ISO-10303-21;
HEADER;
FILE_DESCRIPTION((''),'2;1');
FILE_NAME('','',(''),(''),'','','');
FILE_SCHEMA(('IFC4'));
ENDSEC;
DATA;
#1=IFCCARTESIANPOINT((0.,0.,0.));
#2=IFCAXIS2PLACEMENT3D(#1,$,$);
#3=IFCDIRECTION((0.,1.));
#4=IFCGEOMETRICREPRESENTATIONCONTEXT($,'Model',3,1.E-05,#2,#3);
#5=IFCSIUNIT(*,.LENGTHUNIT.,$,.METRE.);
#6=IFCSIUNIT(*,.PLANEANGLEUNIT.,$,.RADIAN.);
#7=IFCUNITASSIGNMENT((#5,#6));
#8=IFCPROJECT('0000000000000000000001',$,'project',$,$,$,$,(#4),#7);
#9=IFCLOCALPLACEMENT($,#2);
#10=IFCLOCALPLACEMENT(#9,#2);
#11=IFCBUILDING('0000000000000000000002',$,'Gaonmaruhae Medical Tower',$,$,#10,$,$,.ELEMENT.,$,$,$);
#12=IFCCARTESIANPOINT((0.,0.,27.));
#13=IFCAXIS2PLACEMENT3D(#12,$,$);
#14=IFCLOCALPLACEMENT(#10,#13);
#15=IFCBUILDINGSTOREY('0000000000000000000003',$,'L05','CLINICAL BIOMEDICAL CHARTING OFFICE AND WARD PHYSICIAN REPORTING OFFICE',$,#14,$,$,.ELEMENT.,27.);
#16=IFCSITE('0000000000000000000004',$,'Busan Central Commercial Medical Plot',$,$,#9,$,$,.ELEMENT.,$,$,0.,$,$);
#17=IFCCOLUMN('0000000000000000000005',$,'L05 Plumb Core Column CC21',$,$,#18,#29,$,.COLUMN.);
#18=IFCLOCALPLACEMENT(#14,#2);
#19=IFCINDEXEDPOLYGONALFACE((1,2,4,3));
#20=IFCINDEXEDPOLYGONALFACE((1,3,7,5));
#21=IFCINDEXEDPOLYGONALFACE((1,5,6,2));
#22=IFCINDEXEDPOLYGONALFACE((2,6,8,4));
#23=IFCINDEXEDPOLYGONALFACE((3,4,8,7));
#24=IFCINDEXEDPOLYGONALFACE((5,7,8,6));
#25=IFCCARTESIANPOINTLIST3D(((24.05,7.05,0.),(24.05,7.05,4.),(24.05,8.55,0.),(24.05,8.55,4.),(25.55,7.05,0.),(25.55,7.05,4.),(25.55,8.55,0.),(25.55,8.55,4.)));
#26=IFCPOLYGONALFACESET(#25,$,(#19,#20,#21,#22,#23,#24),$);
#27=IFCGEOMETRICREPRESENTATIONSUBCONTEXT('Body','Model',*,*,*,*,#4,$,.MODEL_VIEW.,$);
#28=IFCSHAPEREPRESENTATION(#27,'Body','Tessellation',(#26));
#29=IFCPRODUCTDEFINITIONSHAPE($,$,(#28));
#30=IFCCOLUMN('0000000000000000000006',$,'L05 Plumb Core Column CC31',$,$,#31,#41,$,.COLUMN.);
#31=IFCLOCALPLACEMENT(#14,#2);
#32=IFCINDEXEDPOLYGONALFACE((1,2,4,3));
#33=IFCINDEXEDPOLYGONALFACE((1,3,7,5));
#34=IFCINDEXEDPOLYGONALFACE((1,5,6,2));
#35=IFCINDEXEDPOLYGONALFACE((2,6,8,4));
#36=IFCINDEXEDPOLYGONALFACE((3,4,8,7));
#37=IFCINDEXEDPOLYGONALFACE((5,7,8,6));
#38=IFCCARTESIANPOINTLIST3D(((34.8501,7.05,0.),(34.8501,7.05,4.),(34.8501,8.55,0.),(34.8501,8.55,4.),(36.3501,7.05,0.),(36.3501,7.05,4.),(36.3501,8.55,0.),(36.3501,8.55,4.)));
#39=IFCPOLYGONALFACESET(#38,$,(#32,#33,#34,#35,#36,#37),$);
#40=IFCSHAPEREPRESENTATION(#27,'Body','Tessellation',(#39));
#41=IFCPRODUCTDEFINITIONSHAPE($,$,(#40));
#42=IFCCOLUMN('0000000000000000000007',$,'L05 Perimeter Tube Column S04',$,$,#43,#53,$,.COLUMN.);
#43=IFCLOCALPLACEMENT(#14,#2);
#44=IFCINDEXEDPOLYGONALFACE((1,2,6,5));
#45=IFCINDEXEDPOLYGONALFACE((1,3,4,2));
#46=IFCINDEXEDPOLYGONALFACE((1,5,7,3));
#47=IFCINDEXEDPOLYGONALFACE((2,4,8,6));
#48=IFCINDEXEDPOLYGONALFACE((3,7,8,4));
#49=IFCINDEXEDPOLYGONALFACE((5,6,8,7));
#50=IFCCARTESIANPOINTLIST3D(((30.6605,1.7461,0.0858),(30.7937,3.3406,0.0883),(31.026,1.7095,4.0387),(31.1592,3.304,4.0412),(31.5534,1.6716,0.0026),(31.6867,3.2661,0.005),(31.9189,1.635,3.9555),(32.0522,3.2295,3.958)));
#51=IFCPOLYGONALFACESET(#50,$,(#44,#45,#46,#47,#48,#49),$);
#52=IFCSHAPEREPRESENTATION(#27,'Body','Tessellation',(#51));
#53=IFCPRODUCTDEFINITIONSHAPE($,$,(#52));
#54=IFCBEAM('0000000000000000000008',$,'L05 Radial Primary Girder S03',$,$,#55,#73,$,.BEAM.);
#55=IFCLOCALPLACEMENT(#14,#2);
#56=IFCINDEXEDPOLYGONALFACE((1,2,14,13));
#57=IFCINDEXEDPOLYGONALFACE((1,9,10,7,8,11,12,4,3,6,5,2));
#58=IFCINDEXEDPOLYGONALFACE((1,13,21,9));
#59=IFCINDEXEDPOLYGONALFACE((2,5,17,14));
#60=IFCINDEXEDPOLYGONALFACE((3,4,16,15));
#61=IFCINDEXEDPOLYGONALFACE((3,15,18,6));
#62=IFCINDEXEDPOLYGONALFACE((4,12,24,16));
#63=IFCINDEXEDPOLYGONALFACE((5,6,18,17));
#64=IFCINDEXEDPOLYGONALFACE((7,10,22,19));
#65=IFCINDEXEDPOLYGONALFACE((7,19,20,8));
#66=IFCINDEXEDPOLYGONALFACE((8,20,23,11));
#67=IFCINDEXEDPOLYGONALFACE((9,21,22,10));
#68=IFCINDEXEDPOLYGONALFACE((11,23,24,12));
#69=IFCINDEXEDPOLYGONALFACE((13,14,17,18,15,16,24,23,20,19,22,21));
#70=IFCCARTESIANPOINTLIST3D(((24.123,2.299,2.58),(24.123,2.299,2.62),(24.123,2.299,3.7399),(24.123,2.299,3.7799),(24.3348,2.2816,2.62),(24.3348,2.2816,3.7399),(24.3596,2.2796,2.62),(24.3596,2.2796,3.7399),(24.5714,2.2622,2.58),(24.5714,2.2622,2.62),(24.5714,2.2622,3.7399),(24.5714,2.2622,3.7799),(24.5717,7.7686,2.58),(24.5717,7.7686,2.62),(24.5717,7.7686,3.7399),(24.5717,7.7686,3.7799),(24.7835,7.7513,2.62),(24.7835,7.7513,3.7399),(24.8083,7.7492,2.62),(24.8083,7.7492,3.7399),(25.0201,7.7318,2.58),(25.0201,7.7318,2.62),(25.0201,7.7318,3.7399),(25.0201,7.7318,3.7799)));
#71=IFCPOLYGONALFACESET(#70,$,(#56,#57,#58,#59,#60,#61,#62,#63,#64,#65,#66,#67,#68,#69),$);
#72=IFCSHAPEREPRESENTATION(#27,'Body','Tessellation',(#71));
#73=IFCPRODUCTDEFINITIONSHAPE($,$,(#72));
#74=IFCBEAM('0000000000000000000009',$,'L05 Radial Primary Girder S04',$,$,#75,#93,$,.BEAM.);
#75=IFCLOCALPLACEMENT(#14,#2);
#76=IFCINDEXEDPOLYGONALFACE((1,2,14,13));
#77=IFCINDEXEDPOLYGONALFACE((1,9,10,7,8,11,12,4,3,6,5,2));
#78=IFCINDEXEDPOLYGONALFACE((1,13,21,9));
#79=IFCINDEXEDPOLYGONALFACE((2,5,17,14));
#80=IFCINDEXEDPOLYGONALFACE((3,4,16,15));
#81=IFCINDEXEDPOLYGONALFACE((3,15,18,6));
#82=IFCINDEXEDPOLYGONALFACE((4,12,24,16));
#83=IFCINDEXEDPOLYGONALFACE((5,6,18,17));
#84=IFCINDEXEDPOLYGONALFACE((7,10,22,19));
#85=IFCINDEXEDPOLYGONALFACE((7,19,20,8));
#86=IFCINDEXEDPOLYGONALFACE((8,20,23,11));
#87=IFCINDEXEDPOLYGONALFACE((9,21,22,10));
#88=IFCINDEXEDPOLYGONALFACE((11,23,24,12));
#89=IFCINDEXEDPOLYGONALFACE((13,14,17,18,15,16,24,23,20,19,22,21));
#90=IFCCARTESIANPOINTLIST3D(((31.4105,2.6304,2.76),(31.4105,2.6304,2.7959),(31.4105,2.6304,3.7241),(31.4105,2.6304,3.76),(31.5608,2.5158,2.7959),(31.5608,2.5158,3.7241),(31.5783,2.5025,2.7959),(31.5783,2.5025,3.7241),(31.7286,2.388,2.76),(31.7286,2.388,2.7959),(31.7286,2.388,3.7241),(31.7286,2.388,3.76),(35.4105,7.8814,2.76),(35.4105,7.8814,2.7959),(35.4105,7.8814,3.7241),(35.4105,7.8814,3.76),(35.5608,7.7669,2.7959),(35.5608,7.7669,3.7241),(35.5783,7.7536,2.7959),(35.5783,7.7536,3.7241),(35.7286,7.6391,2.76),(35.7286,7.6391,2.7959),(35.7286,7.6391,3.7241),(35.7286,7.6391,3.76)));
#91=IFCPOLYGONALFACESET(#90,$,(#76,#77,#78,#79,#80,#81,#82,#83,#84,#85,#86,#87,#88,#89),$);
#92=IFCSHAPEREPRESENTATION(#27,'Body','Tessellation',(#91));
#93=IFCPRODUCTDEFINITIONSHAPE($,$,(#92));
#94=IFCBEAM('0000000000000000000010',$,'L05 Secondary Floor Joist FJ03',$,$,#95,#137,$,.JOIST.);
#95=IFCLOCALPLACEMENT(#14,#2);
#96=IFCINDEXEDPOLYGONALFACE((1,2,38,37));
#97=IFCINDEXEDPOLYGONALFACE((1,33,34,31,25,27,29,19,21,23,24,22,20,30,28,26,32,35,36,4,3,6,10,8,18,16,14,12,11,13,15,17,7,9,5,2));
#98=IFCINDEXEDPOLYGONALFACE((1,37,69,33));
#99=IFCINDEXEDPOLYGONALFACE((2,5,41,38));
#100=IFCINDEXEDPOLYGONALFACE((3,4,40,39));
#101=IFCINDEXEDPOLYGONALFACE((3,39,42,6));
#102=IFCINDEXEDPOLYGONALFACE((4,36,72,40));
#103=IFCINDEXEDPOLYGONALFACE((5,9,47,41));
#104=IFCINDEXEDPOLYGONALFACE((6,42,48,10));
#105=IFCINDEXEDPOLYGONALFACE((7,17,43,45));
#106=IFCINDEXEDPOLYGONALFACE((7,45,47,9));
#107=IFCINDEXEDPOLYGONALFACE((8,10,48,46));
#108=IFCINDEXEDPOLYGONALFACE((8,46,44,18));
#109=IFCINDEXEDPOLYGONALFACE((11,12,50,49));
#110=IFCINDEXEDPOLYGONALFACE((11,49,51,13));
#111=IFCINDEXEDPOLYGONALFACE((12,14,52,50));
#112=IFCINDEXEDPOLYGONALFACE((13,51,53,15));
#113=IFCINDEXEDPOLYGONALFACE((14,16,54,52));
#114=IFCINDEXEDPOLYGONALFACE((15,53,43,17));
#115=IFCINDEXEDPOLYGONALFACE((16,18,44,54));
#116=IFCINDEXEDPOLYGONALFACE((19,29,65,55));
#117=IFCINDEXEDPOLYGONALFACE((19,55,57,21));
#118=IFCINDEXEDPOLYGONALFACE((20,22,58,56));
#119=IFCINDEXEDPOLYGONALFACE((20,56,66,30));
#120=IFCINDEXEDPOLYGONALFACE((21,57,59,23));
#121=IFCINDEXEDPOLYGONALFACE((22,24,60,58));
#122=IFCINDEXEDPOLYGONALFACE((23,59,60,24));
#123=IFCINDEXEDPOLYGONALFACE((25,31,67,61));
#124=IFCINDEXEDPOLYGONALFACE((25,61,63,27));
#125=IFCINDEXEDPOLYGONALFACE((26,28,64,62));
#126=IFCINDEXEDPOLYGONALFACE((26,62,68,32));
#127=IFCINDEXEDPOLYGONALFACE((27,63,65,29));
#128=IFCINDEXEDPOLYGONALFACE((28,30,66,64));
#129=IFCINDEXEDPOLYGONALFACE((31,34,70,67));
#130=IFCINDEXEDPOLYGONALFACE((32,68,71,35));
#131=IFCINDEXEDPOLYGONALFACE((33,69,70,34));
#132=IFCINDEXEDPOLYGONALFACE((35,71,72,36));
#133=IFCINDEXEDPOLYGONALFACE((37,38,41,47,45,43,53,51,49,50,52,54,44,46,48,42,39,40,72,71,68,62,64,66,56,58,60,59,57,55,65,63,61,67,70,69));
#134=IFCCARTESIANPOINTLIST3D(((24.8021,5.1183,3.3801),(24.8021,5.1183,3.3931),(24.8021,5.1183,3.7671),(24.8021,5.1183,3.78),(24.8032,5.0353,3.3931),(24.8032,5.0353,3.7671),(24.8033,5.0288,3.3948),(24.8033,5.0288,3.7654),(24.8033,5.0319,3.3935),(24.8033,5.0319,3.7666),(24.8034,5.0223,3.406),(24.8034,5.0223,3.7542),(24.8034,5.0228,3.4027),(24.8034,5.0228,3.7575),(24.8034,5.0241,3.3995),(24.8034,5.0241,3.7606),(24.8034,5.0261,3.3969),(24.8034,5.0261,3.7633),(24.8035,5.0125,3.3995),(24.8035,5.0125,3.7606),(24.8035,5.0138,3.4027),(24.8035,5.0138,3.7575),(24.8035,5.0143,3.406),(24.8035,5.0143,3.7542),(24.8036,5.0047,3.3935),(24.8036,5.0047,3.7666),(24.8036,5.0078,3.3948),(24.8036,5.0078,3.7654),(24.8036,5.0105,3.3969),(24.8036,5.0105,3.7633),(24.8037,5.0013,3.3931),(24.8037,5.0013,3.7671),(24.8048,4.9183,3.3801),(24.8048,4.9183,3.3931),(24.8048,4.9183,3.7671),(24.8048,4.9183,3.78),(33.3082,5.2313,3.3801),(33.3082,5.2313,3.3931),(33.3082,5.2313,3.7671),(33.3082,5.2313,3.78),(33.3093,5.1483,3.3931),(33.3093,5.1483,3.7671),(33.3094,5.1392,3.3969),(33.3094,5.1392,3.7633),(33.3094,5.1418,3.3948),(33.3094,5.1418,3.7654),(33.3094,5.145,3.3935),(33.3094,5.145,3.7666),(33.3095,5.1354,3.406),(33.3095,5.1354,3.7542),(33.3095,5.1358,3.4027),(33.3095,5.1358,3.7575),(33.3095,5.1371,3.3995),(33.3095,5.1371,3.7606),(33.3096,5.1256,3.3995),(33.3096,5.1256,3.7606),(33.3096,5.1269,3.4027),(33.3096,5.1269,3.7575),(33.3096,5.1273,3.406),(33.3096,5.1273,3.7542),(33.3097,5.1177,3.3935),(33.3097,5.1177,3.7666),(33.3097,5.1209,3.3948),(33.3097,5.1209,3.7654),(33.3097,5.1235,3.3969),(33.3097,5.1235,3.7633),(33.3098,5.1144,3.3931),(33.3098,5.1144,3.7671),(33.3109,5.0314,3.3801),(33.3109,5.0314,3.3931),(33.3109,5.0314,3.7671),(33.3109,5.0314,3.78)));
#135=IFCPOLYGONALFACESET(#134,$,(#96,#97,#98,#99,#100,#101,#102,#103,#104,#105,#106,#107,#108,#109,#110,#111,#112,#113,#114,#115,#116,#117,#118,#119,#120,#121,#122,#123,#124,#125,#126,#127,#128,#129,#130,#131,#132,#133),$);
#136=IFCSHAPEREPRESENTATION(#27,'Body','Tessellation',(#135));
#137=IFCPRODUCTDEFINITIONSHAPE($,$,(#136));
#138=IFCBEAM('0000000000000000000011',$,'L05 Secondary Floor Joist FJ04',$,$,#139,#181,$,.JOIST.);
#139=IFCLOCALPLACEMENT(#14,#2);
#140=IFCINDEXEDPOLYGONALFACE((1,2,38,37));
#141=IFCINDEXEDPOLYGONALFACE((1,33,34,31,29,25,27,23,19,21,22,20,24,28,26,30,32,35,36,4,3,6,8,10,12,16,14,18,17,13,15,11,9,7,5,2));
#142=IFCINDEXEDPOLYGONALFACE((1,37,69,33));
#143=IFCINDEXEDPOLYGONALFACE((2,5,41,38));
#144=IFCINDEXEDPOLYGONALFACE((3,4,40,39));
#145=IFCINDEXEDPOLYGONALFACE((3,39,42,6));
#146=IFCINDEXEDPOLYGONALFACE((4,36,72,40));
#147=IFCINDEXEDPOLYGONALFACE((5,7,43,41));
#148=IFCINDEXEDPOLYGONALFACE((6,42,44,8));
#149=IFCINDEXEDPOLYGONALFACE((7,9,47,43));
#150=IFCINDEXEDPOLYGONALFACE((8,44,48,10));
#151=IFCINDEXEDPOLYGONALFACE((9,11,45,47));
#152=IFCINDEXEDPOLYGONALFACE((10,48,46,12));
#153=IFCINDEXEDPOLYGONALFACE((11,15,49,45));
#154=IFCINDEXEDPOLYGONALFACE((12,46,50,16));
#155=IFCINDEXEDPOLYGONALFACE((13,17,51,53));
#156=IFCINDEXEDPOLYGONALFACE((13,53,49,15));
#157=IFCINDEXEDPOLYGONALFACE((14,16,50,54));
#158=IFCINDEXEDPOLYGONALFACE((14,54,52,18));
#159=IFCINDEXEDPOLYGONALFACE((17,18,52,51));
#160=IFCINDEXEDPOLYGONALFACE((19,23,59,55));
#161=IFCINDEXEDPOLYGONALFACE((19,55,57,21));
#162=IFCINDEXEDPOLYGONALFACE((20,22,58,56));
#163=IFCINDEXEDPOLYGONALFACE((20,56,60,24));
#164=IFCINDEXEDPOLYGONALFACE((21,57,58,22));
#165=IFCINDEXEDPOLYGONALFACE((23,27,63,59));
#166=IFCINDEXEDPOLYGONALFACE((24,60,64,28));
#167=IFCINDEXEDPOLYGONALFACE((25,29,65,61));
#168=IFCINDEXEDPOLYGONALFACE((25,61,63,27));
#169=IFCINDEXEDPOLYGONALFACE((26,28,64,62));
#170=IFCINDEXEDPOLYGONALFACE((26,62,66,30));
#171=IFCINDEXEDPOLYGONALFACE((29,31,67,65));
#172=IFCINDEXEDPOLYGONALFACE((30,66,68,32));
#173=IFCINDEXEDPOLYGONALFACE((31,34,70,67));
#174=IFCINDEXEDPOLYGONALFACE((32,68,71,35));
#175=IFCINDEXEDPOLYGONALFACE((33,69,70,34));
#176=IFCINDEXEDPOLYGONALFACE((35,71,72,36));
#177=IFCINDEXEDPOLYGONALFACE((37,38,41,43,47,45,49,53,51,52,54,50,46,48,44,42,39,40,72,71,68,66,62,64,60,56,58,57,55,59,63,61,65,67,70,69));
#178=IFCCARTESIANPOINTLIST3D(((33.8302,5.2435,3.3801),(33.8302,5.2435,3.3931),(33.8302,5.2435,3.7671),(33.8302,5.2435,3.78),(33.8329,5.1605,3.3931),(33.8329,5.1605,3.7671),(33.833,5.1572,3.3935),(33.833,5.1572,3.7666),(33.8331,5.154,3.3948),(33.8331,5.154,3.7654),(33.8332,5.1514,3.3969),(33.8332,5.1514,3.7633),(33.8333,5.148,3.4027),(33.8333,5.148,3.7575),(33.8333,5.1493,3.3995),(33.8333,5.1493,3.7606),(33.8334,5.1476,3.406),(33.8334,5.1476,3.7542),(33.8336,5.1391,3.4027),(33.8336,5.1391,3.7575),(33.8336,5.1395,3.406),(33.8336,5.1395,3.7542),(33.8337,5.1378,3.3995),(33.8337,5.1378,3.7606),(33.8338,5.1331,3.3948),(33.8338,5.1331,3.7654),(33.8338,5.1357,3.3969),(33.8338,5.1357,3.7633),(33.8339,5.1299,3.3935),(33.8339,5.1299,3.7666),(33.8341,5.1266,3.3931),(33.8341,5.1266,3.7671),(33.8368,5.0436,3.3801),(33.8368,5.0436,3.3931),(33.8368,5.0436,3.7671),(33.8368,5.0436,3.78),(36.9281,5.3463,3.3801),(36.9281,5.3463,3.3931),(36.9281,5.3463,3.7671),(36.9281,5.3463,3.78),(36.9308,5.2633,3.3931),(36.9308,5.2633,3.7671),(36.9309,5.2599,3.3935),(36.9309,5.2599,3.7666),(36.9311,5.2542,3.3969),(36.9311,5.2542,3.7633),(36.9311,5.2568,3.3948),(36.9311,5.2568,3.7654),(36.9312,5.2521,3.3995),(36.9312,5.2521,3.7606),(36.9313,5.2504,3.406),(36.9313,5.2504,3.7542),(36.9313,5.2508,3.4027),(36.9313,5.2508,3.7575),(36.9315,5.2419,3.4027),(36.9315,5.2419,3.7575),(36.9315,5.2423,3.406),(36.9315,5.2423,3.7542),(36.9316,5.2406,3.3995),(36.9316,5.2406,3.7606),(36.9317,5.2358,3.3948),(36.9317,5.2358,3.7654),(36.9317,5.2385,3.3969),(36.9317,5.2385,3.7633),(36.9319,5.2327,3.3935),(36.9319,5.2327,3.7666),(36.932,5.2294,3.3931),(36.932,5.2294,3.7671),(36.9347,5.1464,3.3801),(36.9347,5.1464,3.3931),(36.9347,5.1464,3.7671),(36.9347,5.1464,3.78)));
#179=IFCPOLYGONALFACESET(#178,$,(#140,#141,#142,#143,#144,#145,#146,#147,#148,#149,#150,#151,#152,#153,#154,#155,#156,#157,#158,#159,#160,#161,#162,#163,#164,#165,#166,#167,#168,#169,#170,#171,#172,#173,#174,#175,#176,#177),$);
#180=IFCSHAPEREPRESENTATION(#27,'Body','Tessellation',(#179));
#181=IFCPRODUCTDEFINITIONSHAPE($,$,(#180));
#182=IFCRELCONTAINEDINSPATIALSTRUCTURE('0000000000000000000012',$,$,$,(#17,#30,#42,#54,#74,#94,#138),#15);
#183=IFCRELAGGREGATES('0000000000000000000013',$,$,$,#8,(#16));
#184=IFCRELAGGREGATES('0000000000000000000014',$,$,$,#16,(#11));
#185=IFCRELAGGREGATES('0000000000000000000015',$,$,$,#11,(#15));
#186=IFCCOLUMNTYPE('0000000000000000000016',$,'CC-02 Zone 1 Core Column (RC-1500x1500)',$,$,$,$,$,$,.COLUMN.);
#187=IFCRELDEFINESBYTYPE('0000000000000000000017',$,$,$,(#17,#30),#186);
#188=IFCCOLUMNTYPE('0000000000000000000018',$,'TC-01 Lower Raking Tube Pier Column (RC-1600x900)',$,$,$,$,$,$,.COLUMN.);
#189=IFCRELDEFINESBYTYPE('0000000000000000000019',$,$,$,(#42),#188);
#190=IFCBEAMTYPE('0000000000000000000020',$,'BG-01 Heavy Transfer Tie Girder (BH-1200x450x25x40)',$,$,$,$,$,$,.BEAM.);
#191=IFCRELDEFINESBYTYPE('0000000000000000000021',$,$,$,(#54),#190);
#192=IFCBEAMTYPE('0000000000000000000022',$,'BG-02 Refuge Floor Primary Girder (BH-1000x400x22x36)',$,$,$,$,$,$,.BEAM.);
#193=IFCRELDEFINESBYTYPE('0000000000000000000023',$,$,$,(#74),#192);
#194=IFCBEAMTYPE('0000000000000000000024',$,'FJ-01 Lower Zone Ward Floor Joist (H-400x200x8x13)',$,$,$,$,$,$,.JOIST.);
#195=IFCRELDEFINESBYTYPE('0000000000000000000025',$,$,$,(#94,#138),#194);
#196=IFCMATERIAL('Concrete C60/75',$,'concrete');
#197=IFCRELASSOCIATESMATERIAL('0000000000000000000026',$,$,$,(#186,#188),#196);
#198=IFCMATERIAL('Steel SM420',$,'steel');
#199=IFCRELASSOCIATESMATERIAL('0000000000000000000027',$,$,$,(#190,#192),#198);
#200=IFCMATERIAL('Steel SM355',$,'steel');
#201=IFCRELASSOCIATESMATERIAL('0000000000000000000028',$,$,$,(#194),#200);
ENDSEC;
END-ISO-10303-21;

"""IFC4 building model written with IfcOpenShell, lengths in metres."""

from ifc_helpers import new_model, si_unit, direction, frame, origin, origin_2d, place, context, subcontext, project, spatial, rectangle, i_section, extrude, material, material_profile, profile_set, type_object, element, save


model = new_model("IFC4")

# Units and contexts
model_context = context("Model", 3, precision=1e-05, world=origin(), true_north=direction((0.0, 1.0)))
body_context = subcontext(model_context, "Body", "Model", "MODEL_VIEW")
ifc_project = project(units=[si_unit("LENGTHUNIT", "METRE"), si_unit("PLANEANGLEUNIT", "RADIAN")], contexts=[model_context])

# Site, building, storey
site_placement = place(None, origin())
site = spatial("IfcSite", under=ifc_project, at=site_placement, Name="Busan Central Commercial Medical Plot", CompositionType="ELEMENT", RefElevation=0.0)
building_placement = place(site_placement, origin())
building = spatial("IfcBuilding", under=site, at=building_placement, Name="Gaonmaruhae Medical Tower", CompositionType="ELEMENT")
storey_placement = place(building_placement, frame((0.0, 0.0, 27.0)))
storey = spatial("IfcBuildingStorey", under=building, at=storey_placement, Name="L05", Description="CLINICAL BIOMEDICAL CHARTING OFFICE AND WARD PHYSICIAN REPORTING OFFICE", CompositionType="ELEMENT", Elevation=27.0)

# Columns
ifc_material_1 = material(Name="Concrete C60/75", Category="concrete")
ifc_material_profile_1 = material_profile(ifc_material_1, rectangle(XDim=1.5, YDim=1.5, at=origin_2d()), Name="RC-1500x1500")
ifc_profile_set_1 = profile_set([ifc_material_profile_1], Name="Concrete C60/75")
column_type_1 = type_object("IfcColumnType", Name="CC-02 Zone 1 Core Column (RC-1500x1500)", PredefinedType="COLUMN", material=ifc_profile_set_1)
for number, where, z_axis, x_axis, name in (
    (1, (24.8, 7.8, 0.0), (0.0, 0.0, 1.0), (1.0, 0.0, 0.0), "L05 Plumb Core Column CC21"),
    (2, (35.6001, 7.8, 0.0), (0.0, 0.0, 1.0), (1.0, 0.0, 0.0), "L05 Plumb Core Column CC31"),
):
    element("IfcColumn", number, at=place(storey_placement, frame(where, z_axis=z_axis, x_axis=x_axis)), inside=storey, type_object=column_type_1, Name=name, PredefinedType="COLUMN", context=body_context, shape_type="SweptSolid", body=[
        extrude(rectangle(XDim=1.5, YDim=1.5, at=origin_2d()), origin(), (0.0, 0.0, 1.0), 4.0),
    ])
ifc_material_profile_2 = material_profile(ifc_material_1, rectangle(XDim=1.6001, YDim=0.8999, at=origin_2d()), Name="RC-1600x900")
ifc_profile_set_2 = profile_set([ifc_material_profile_2], Name="Concrete C60/75")
column_type_2 = type_object("IfcColumnType", Name="TC-01 Lower Raking Tube Pier Column (RC-1600x900)", PredefinedType="COLUMN", material=ifc_profile_set_2)
column_placement = place(storey_placement, frame((31.1736, 2.5061, 0.0454), z_axis=(0.092062, -0.009225, 0.995711), x_axis=(0.083261, 0.996527, 0.001534)))
element("IfcColumn", 3, at=column_placement, inside=storey, type_object=column_type_2, Name="L05 Perimeter Tube Column S04", PredefinedType="COLUMN", context=body_context, shape_type="SweptSolid", body=[
    extrude(rectangle(XDim=1.6001, YDim=0.8999, at=origin_2d()), origin(), (0.0, 0.0, 1.0), 3.97),
])

# Beams
ifc_material_2 = material(Name="Steel SM420", Category="steel")
ifc_material_profile_3 = material_profile(ifc_material_2, i_section(OverallWidth=0.45, OverallDepth=1.2, WebThickness=0.0249, FlangeThickness=0.04, at=origin_2d()), Name="BH-1200x450x25x40")
ifc_profile_set_3 = profile_set([ifc_material_profile_3], Name="Steel SM420")
beam_type_1 = type_object("IfcBeamType", Name="BG-01 Heavy Transfer Tie Girder (BH-1200x450x25x40)", PredefinedType="BEAM", material=ifc_profile_set_3)
beam_1_placement = place(storey_placement, frame((24.7959, 7.7502, 3.1799), z_axis=(-0.081764, -0.996652, 0.0), x_axis=(0.996652, -0.081764, 0.0)))
element("IfcBeam", 4, at=beam_1_placement, inside=storey, type_object=beam_type_1, Name="L05 Radial Primary Girder S03", PredefinedType="BEAM", context=body_context, shape_type="SweptSolid", body=[
    extrude(i_section(OverallWidth=0.45, OverallDepth=1.2, WebThickness=0.0249, FlangeThickness=0.04, at=origin_2d()), origin(), (0.0, 0.0, 1.0), 5.488),
])
ifc_material_profile_4 = material_profile(ifc_material_2, i_section(OverallWidth=0.3999, OverallDepth=1.0, WebThickness=0.022, FlangeThickness=0.0359, at=origin_2d()), Name="BH-1000x400x22x36")
ifc_profile_set_4 = profile_set([ifc_material_profile_4], Name="Steel SM420")
beam_type_2 = type_object("IfcBeamType", Name="BG-02 Refuge Floor Primary Girder (BH-1000x400x22x36)", PredefinedType="BEAM", material=ifc_profile_set_4)
beam_2_placement = place(storey_placement, frame((35.5696, 7.7603, 3.26), z_axis=(-0.605972, -0.795486, 0.0), x_axis=(0.795486, -0.605972, 0.0)))
element("IfcBeam", 5, at=beam_2_placement, inside=storey, type_object=beam_type_2, Name="L05 Radial Primary Girder S04", PredefinedType="BEAM", context=body_context, shape_type="SweptSolid", body=[
    extrude(i_section(OverallWidth=0.3999, OverallDepth=1.0, WebThickness=0.022, FlangeThickness=0.0359, at=origin_2d()), origin(), (0.0, 0.0, 1.0), 6.6011),
])
ifc_material_3 = material(Name="Steel SM355", Category="steel")
ifc_material_profile_5 = material_profile(ifc_material_3, i_section(OverallWidth=0.2, OverallDepth=0.3999, WebThickness=0.0081, FlangeThickness=0.0129, FilletRadius=0.0129, at=origin_2d()), Name="H-400x200x8x13")
ifc_profile_set_5 = profile_set([ifc_material_profile_5], Name="Steel SM355")
beam_type_3 = type_object("IfcBeamType", Name="FJ-01 Lower Zone Ward Floor Joist (H-400x200x8x13)", PredefinedType="JOIST", material=ifc_profile_set_5)
beam_3_placement = place(storey_placement, frame((24.8035, 5.0183, 3.5801), z_axis=(0.999912, 0.013288, 0.0), x_axis=(-0.013288, 0.999912, 0.0)))
element("IfcBeam", 6, at=beam_3_placement, inside=storey, type_object=beam_type_3, Name="L05 Secondary Floor Joist FJ03", PredefinedType="JOIST", context=body_context, shape_type="SweptSolid", body=[
    extrude(i_section(OverallWidth=0.2, OverallDepth=0.3999, WebThickness=0.0081, FlangeThickness=0.0129, FilletRadius=0.0129, at=origin_2d()), origin(), (0.0, 0.0, 1.0), 8.5068),
])
beam_4_placement = place(storey_placement, frame((33.8335, 5.1436, 3.5801), z_axis=(0.99945, 0.03316, 0.0), x_axis=(-0.03316, 0.99945, 0.0)))
element("IfcBeam", 7, at=beam_4_placement, inside=storey, type_object=beam_type_3, Name="L05 Secondary Floor Joist FJ04", PredefinedType="JOIST", context=body_context, shape_type="SweptSolid", body=[
    extrude(i_section(OverallWidth=0.2, OverallDepth=0.3999, WebThickness=0.0081, FlangeThickness=0.0129, FilletRadius=0.0129, at=origin_2d()), origin(), (0.0, 0.0, 1.0), 3.0996),
])

save(model, "model.ifc")
